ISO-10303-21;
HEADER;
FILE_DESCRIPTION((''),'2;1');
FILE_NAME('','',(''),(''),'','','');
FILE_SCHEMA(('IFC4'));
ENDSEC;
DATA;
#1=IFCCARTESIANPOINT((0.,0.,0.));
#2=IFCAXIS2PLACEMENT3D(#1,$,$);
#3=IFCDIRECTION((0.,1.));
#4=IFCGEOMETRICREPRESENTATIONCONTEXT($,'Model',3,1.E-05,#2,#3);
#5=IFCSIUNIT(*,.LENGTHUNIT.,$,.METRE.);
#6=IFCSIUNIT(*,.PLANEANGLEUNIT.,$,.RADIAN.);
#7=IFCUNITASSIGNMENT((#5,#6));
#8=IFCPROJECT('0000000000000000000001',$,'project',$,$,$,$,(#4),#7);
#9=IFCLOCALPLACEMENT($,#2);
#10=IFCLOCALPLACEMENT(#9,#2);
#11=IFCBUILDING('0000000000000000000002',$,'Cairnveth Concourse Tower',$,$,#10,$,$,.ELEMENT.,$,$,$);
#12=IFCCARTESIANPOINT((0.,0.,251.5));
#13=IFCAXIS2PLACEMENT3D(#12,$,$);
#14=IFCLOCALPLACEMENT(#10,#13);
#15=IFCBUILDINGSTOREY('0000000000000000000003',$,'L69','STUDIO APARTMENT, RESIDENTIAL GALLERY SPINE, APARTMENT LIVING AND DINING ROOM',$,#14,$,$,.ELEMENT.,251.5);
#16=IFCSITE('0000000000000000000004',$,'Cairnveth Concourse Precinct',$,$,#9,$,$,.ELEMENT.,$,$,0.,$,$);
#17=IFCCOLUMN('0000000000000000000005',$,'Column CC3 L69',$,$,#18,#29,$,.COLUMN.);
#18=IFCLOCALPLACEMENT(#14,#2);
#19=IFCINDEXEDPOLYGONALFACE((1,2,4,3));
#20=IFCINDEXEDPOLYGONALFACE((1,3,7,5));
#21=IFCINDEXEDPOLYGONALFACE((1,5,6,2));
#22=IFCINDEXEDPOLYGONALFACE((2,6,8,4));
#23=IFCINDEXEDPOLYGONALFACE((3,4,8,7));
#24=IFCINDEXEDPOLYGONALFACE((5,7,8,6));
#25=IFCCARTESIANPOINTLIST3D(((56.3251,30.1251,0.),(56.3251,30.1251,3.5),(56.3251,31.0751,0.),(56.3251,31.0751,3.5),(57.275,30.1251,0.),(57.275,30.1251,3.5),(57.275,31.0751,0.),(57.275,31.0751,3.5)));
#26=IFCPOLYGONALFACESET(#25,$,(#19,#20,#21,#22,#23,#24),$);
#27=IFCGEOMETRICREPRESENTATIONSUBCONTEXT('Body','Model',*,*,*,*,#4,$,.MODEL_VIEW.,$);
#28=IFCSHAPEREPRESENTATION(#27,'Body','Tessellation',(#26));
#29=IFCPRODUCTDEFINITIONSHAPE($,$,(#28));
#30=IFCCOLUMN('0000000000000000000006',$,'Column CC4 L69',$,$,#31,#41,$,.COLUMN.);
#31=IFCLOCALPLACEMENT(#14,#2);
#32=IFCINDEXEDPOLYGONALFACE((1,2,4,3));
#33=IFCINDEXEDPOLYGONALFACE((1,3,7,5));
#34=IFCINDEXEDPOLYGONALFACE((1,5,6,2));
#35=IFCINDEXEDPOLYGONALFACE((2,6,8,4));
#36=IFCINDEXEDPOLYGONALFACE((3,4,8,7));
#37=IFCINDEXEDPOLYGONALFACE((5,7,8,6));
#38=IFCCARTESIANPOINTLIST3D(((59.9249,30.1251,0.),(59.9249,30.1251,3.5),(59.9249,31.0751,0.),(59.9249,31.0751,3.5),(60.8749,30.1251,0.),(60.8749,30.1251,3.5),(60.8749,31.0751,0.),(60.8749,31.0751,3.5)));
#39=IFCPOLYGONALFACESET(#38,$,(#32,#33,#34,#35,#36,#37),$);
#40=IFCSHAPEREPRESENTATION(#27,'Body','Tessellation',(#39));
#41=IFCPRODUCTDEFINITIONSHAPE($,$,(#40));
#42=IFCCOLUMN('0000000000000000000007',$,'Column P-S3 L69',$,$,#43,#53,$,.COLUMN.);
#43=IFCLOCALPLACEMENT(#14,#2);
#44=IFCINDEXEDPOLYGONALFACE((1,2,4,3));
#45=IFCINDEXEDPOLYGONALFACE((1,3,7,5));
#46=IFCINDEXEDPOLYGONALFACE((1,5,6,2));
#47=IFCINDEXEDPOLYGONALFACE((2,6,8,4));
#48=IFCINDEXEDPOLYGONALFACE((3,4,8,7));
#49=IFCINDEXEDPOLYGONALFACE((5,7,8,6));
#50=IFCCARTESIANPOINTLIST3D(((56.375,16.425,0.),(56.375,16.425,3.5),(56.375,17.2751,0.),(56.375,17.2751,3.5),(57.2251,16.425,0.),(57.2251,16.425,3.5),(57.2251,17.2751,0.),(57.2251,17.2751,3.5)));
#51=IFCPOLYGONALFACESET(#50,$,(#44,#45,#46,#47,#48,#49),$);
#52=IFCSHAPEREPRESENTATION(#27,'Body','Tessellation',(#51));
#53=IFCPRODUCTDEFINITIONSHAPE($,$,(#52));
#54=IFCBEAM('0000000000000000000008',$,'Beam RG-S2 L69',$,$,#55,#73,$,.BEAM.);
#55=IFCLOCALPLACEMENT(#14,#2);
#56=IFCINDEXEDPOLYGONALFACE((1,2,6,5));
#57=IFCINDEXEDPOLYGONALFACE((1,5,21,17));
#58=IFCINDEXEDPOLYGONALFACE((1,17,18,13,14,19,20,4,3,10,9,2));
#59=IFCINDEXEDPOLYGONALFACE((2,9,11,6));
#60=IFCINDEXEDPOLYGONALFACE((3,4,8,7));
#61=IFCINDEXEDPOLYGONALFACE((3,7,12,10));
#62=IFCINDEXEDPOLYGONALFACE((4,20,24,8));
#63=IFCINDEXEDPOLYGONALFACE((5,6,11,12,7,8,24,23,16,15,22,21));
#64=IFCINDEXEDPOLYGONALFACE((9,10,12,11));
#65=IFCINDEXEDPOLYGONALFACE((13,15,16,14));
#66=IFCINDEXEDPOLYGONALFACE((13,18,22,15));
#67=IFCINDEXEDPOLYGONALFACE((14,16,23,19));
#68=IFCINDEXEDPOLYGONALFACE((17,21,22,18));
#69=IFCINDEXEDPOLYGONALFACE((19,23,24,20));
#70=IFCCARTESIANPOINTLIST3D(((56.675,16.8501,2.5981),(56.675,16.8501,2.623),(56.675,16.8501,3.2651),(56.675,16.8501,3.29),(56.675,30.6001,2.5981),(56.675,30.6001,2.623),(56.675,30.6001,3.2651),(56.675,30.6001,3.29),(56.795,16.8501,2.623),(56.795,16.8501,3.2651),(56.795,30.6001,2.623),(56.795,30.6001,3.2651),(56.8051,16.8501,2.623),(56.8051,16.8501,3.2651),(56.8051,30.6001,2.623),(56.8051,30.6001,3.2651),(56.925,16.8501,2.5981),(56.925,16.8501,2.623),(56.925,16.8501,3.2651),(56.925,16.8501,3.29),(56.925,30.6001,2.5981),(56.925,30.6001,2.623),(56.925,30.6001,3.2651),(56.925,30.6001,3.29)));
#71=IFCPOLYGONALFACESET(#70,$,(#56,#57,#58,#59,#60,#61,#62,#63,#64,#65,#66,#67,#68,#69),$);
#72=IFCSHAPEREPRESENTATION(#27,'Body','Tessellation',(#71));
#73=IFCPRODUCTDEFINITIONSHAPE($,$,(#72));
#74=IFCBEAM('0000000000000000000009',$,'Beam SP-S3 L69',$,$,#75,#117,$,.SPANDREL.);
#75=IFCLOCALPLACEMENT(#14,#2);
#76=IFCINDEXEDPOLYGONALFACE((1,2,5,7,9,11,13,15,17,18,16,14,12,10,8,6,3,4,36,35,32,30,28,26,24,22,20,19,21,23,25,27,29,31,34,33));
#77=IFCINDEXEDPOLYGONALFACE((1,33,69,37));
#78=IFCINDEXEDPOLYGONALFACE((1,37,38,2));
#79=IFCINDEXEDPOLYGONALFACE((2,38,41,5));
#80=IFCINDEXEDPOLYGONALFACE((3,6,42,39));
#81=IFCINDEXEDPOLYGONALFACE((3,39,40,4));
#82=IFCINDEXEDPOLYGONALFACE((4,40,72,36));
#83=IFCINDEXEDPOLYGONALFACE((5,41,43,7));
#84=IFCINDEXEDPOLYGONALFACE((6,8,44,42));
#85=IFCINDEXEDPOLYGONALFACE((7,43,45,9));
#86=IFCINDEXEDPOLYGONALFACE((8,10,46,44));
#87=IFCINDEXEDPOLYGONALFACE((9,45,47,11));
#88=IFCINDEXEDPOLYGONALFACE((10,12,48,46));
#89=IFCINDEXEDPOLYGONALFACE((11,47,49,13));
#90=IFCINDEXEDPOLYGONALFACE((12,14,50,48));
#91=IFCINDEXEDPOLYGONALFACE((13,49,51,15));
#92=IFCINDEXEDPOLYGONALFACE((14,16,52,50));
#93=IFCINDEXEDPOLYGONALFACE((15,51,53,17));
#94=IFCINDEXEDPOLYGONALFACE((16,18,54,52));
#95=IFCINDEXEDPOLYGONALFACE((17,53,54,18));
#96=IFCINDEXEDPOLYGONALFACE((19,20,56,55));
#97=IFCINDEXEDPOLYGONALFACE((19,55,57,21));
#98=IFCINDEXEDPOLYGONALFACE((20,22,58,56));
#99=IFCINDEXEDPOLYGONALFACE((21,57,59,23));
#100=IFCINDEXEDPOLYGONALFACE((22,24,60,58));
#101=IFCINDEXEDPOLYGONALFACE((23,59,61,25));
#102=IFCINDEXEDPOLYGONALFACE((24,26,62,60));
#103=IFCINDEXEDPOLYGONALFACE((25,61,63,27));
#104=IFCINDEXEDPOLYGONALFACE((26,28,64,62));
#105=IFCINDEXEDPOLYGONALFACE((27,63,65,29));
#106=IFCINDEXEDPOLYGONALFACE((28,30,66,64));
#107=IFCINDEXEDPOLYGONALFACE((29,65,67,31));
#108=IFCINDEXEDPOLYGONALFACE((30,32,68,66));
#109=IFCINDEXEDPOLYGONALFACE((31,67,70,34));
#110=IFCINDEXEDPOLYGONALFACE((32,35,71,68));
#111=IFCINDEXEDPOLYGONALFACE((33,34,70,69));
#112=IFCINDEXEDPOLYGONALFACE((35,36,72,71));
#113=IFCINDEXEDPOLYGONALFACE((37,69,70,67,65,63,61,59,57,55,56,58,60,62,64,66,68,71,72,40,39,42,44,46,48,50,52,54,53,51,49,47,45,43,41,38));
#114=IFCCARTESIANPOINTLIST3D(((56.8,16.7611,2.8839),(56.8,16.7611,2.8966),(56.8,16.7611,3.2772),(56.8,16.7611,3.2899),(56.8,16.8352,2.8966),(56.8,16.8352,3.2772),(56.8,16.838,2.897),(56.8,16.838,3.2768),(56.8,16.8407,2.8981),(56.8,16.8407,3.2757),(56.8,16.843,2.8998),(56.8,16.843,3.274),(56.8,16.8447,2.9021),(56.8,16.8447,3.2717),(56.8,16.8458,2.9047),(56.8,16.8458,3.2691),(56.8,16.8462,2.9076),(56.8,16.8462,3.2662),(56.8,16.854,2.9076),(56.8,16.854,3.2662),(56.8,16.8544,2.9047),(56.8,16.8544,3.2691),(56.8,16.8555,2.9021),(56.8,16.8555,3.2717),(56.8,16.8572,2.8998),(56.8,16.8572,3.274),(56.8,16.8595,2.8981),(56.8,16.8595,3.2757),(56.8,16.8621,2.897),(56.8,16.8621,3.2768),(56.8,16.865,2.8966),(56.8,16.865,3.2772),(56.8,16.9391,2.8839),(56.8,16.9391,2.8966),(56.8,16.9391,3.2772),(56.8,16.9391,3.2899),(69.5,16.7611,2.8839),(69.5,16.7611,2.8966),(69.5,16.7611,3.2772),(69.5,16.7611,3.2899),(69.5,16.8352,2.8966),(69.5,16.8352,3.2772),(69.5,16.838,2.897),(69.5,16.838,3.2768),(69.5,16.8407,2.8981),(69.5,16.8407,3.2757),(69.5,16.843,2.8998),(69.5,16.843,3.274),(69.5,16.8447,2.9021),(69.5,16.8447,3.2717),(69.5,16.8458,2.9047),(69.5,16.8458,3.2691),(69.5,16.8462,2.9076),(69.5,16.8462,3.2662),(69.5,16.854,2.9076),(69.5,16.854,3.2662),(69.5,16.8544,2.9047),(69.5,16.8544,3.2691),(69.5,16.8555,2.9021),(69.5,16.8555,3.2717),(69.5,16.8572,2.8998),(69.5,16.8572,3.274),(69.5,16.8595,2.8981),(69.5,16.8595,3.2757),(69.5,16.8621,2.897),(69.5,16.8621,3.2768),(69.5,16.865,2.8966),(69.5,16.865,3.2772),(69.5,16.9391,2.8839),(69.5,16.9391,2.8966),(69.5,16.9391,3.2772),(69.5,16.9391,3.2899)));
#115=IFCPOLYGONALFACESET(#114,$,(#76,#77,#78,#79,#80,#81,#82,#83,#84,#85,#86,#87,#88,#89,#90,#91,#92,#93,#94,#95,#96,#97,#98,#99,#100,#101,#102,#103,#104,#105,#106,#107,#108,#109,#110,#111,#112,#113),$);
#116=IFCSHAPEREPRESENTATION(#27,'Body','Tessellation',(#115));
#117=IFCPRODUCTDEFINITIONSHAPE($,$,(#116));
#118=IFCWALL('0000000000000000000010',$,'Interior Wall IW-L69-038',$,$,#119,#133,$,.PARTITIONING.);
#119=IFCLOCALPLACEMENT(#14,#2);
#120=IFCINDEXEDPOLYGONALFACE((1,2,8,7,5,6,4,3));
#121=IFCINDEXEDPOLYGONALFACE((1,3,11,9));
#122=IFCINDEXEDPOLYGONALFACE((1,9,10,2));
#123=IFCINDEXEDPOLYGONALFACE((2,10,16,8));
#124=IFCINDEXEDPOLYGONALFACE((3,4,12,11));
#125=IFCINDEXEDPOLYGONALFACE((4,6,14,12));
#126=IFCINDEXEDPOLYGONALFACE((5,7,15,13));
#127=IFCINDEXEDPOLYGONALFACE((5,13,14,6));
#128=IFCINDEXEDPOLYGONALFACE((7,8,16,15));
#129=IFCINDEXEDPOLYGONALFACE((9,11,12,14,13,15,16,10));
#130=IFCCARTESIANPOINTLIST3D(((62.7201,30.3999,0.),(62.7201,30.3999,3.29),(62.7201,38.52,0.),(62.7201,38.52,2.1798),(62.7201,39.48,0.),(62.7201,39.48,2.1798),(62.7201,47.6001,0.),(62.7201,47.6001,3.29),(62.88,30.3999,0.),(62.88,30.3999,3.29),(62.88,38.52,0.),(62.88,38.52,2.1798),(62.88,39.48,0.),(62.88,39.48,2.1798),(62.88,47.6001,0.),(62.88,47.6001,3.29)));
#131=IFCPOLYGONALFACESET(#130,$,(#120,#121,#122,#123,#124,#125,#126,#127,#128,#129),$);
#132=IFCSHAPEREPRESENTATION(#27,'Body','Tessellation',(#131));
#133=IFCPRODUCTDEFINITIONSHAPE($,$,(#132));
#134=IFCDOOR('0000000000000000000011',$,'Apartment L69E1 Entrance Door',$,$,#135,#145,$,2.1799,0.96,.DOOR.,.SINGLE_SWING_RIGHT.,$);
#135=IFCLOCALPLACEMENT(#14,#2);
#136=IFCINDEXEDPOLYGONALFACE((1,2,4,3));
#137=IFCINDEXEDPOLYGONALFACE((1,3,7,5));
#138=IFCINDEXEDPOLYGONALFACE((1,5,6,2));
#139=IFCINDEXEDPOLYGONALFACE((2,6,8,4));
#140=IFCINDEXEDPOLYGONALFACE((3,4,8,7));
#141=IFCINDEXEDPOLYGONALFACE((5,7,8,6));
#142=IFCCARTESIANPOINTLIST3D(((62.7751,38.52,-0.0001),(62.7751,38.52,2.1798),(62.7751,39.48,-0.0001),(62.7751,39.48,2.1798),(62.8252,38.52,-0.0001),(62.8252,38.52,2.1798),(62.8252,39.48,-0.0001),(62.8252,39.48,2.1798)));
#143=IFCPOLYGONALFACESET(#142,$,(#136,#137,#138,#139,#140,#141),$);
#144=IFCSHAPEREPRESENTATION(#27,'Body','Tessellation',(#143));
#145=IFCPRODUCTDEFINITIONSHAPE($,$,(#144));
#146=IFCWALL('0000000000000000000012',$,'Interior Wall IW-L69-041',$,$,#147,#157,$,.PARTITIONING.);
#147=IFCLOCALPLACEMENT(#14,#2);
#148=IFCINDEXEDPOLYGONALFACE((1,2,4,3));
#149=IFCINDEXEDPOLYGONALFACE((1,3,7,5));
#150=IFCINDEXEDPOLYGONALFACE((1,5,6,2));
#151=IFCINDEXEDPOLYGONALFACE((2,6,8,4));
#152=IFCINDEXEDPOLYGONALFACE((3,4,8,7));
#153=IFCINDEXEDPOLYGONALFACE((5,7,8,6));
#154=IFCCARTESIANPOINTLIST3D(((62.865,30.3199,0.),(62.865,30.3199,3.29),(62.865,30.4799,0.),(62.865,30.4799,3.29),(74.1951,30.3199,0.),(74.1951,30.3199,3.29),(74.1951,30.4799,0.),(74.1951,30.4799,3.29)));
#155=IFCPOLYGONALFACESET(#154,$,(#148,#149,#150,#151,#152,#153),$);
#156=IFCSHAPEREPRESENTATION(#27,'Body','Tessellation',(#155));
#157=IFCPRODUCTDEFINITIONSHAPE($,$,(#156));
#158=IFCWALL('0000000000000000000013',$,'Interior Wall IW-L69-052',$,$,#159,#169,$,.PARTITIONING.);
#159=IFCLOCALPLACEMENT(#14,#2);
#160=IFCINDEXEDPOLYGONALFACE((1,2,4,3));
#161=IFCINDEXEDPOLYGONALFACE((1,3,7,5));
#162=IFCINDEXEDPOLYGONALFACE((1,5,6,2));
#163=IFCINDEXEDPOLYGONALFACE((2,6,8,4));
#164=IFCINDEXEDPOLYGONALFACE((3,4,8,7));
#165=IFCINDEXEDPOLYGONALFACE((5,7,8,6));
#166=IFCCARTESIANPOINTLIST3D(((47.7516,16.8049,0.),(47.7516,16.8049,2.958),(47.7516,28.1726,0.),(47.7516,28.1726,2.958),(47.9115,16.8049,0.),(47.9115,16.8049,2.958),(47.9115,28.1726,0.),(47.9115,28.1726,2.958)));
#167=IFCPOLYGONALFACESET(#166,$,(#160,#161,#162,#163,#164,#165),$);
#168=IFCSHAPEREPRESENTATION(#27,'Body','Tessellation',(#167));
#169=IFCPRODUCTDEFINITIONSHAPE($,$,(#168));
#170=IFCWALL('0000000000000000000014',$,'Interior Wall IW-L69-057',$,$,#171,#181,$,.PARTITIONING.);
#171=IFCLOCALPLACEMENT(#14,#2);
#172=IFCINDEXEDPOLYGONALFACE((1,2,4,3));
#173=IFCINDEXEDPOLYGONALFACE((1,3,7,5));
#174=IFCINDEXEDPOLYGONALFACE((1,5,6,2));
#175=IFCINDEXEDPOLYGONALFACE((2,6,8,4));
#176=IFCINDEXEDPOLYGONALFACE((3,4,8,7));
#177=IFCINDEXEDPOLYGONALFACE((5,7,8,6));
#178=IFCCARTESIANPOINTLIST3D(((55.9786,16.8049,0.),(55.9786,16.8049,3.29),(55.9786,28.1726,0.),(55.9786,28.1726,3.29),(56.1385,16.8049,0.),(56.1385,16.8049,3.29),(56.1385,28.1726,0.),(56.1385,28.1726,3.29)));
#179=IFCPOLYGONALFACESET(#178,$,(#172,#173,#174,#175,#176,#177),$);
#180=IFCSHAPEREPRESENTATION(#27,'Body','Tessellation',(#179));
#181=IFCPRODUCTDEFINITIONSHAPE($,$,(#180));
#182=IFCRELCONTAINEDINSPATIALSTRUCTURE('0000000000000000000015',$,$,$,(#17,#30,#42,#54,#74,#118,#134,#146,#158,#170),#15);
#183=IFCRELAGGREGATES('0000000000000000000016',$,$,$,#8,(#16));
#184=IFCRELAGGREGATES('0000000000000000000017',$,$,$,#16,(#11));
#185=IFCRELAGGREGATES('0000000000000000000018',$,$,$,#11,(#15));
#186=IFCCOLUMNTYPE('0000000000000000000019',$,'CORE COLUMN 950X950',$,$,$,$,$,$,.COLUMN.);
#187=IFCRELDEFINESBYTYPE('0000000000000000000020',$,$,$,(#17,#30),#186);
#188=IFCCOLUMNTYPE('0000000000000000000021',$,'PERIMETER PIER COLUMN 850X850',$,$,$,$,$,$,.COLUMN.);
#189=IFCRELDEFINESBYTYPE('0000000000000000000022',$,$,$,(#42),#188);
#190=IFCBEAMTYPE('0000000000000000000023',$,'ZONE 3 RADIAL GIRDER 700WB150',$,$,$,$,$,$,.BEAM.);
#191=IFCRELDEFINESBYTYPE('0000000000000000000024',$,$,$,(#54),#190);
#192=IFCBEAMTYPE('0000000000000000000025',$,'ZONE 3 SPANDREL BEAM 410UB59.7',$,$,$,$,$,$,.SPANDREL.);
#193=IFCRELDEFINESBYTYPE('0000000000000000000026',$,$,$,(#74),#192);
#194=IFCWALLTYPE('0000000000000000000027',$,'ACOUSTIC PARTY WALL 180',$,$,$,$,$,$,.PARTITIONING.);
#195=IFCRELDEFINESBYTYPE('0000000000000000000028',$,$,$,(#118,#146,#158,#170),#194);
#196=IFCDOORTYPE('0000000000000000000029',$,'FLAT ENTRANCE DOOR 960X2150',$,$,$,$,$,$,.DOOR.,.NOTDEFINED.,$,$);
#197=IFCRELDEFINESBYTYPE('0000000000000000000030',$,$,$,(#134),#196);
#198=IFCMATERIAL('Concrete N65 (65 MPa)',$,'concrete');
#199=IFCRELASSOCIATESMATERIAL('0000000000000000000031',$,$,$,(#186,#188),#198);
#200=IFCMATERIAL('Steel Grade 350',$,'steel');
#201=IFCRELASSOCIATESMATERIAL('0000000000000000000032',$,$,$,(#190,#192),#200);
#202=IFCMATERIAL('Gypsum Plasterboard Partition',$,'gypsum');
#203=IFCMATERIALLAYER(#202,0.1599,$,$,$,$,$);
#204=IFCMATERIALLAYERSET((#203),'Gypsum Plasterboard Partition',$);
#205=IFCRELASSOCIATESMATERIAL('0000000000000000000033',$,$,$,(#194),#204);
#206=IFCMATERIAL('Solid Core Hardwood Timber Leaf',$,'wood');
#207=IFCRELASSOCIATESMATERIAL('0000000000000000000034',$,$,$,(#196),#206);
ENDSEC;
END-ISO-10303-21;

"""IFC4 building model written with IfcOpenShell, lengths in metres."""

from ifc_helpers import new_model, si_unit, direction, frame, frame_2d, origin, origin_2d, place, context, subcontext, project, spatial, rectangle, i_section, extrude, material, layer, layer_set, material_profile, profile_set, type_object, element, fill, save


model = new_model("IFC4")

# Units and contexts
model_context = context("Model", 3, precision=1e-05, world=origin(), true_north=direction((0.0, 1.0)))
body_context = subcontext(model_context, "Body", "Model", "MODEL_VIEW")
ifc_project = project(units=[si_unit("LENGTHUNIT", "METRE"), si_unit("PLANEANGLEUNIT", "RADIAN")], contexts=[model_context])

# Site, building, storey
site_placement = place(None, origin())
site = spatial("IfcSite", under=ifc_project, at=site_placement, Name="Cairnveth Concourse Precinct", CompositionType="ELEMENT", RefElevation=0.0)
building_placement = place(site_placement, origin())
building = spatial("IfcBuilding", under=site, at=building_placement, Name="Cairnveth Concourse Tower", CompositionType="ELEMENT")
storey_placement = place(building_placement, frame((0.0, 0.0, 251.5)))
storey = spatial("IfcBuildingStorey", under=building, at=storey_placement, Name="L69", Description="STUDIO APARTMENT, RESIDENTIAL GALLERY SPINE, APARTMENT LIVING AND DINING ROOM", CompositionType="ELEMENT", Elevation=251.5)

# Columns
ifc_material_1 = material(Name="Concrete N65 (65 MPa)", Category="concrete")
ifc_material_profile_1 = material_profile(ifc_material_1, rectangle(XDim=0.95, YDim=0.95, at=origin_2d()), Name="RC-COL-950x950")
ifc_profile_set_1 = profile_set([ifc_material_profile_1], Name="Concrete N65 (65 MPa)")
column_type_1 = type_object("IfcColumnType", Name="CORE COLUMN 950X950", PredefinedType="COLUMN", material=ifc_profile_set_1)
for number, where, z_axis, x_axis, name in (
    (1, (56.8, 30.6001, 0.0), (0.0, 0.0, 1.0), (1.0, 0.0, 0.0), "Column CC3 L69"),
    (2, (60.3999, 30.6001, 0.0), (0.0, 0.0, 1.0), (1.0, 0.0, 0.0), "Column CC4 L69"),
):
    element("IfcColumn", number, at=place(storey_placement, frame(where, z_axis=z_axis, x_axis=x_axis)), inside=storey, type_object=column_type_1, Name=name, PredefinedType="COLUMN", context=body_context, shape_type="SweptSolid", body=[
        extrude(rectangle(XDim=0.95, YDim=0.95, at=origin_2d()), origin(), (0.0, 0.0, 1.0), 3.5),
    ])
ifc_material_profile_2 = material_profile(ifc_material_1, rectangle(XDim=0.8501, YDim=0.8501, at=origin_2d()), Name="RC-COL-850x850")
ifc_profile_set_2 = profile_set([ifc_material_profile_2], Name="Concrete N65 (65 MPa)")
column_type_2 = type_object("IfcColumnType", Name="PERIMETER PIER COLUMN 850X850", PredefinedType="COLUMN", material=ifc_profile_set_2)
column_placement = place(storey_placement, frame((56.8, 16.8501, 0.0), z_axis=(0.0, 0.0, 1.0), x_axis=(1.0, 0.0, 0.0)))
element("IfcColumn", 3, at=column_placement, inside=storey, type_object=column_type_2, Name="Column P-S3 L69", PredefinedType="COLUMN", context=body_context, shape_type="SweptSolid", body=[
    extrude(rectangle(XDim=0.8501, YDim=0.8501, at=origin_2d()), origin(), (0.0, 0.0, 1.0), 3.5),
])

# Beams
ifc_material_2 = material(Name="Steel Grade 350", Category="steel")
ifc_material_profile_3 = material_profile(ifc_material_2, i_section(OverallWidth=0.25, OverallDepth=0.6919, WebThickness=0.01, FlangeThickness=0.0249, at=origin_2d()), Name="700WB150")
ifc_profile_set_3 = profile_set([ifc_material_profile_3], Name="Steel Grade 350")
beam_type_1 = type_object("IfcBeamType", Name="ZONE 3 RADIAL GIRDER 700WB150", PredefinedType="BEAM", material=ifc_profile_set_3)
beam_1_placement = place(storey_placement, frame((56.8, 16.8501, 2.9441), z_axis=(0.0, 1.0, 0.0), x_axis=(-1.0, 0.0, 0.0)))
element("IfcBeam", 4, at=beam_1_placement, inside=storey, type_object=beam_type_1, Name="Beam RG-S2 L69", PredefinedType="BEAM", context=body_context, shape_type="SweptSolid", body=[
    extrude(i_section(OverallWidth=0.25, OverallDepth=0.6919, WebThickness=0.01, FlangeThickness=0.0249, at=origin_2d()), origin(), (0.0, 0.0, 1.0), 13.75),
])
ifc_material_profile_4 = material_profile(ifc_material_2, i_section(OverallWidth=0.178, OverallDepth=0.406, WebThickness=0.0078, FlangeThickness=0.0127, FilletRadius=0.011, at=origin_2d()), Name="410UB59.7")
ifc_profile_set_4 = profile_set([ifc_material_profile_4], Name="Steel Grade 350")
beam_type_2 = type_object("IfcBeamType", Name="ZONE 3 SPANDREL BEAM 410UB59.7", PredefinedType="SPANDREL", material=ifc_profile_set_4)
beam_2_placement = place(storey_placement, frame((56.8, 16.8501, 3.0869), z_axis=(1.0, 0.0, 0.0), x_axis=(0.0, 1.0, 0.0)))
element("IfcBeam", 5, at=beam_2_placement, inside=storey, type_object=beam_type_2, Name="Beam SP-S3 L69", PredefinedType="SPANDREL", context=body_context, shape_type="SweptSolid", body=[
    extrude(i_section(OverallWidth=0.178, OverallDepth=0.406, WebThickness=0.0078, FlangeThickness=0.0127, FilletRadius=0.011, at=origin_2d()), origin(), (0.0, 0.0, 1.0), 12.7),
])

# Wall, opening, door
ifc_material_3 = material(Name="Gypsum Plasterboard Partition", Category="gypsum")
ifc_layer_1 = layer(ifc_material_3, 0.1599)
ifc_layer_set_1 = layer_set([ifc_layer_1], Name="Gypsum Plasterboard Partition")
wall_type_1 = type_object("IfcWallType", Name="ACOUSTIC PARTY WALL 180", PredefinedType="PARTITIONING", material=ifc_layer_set_1)
wall_1_placement = place(storey_placement, frame((62.8, 30.3999, 0.0), z_axis=(0.0, 0.0, 1.0), x_axis=(0.0, 1.0, 0.0)))
wall_1 = element("IfcWall", 6, at=wall_1_placement, inside=storey, type_object=wall_type_1, Name="Interior Wall IW-L69-038", PredefinedType="PARTITIONING", context=body_context, shape_type="SweptSolid", body=[
    extrude(rectangle(XDim=17.2002, YDim=0.1599, at=frame_2d((8.6001, 0.0))), origin(), (0.0, 0.0, 1.0), 3.29),
])
opening_1_placement = place(wall_1_placement, frame((8.1201, 0.0, 0.0)))
opening_1 = element("IfcOpeningElement", 7, at=opening_1_placement, cuts=wall_1, PredefinedType="OPENING", context=body_context, shape_type="SweptSolid", body=[
    extrude(rectangle(XDim=0.96, YDim=2.1799, at=frame_2d((0.48, 1.0898))), frame((0.0, 0.0898, 0.0), z_axis=(0.0, -1.0, 0.0), x_axis=(1.0, 0.0, 0.0)), (0.0, 0.0, 1.0), 0.1799),
])
ifc_material_4 = material(Name="Solid Core Hardwood Timber Leaf", Category="wood")
door_type_1 = type_object("IfcDoorType", Name="FLAT ENTRANCE DOOR 960X2150", OperationType="NOTDEFINED", PredefinedType="DOOR", material=ifc_material_4)
door_1_placement = place(opening_1_placement, origin())
door_1 = element("IfcDoor", 8, at=door_1_placement, inside=storey, type_object=door_type_1, Name="Apartment L69E1 Entrance Door", OperationType="SINGLE_SWING_RIGHT", OverallHeight=2.1799, OverallWidth=0.96, PredefinedType="DOOR", context=body_context, shape_type="SweptSolid", body=[
    extrude(rectangle(XDim=0.96, YDim=2.1799, at=frame_2d((0.48, 1.0898))), frame((0.0, 0.0249, 0.0), z_axis=(0.0, -1.0, 0.0), x_axis=(1.0, 0.0, 0.0)), (0.0, 0.0, 1.0), 0.05),
])
fill(opening_1, door_1)

# Walls
wall_2_placement = place(storey_placement, frame((62.865, 30.3999, 0.0), z_axis=(0.0, 0.0, 1.0), x_axis=(1.0, 0.0, 0.0)))
element("IfcWall", 9, at=wall_2_placement, inside=storey, type_object=wall_type_1, Name="Interior Wall IW-L69-041", PredefinedType="PARTITIONING", context=body_context, shape_type="SweptSolid", body=[
    extrude(rectangle(XDim=11.3301, YDim=0.1599, at=frame_2d((5.665, 0.0))), origin(), (0.0, 0.0, 1.0), 3.29),
])
wall_3_placement = place(storey_placement, frame((47.8315, 16.8049, 0.0), z_axis=(0.0, 0.0, 1.0), x_axis=(0.0, 1.0, 0.0)))
element("IfcWall", 10, at=wall_3_placement, inside=storey, type_object=wall_type_1, Name="Interior Wall IW-L69-052", PredefinedType="PARTITIONING", context=body_context, shape_type="SweptSolid", body=[
    extrude(rectangle(XDim=11.3677, YDim=0.1599, at=frame_2d((5.6838, 0.0))), origin(), (0.0, 0.0, 1.0), 2.958),
])
wall_4_placement = place(storey_placement, frame((56.0586, 16.8049, 0.0), z_axis=(0.0, 0.0, 1.0), x_axis=(0.0, 1.0, 0.0)))
element("IfcWall", 11, at=wall_4_placement, inside=storey, type_object=wall_type_1, Name="Interior Wall IW-L69-057", PredefinedType="PARTITIONING", context=body_context, shape_type="SweptSolid", body=[
    extrude(rectangle(XDim=11.3677, YDim=0.1599, at=frame_2d((5.6838, 0.0))), origin(), (0.0, 0.0, 1.0), 3.29),
])

save(model, "model.ifc")
